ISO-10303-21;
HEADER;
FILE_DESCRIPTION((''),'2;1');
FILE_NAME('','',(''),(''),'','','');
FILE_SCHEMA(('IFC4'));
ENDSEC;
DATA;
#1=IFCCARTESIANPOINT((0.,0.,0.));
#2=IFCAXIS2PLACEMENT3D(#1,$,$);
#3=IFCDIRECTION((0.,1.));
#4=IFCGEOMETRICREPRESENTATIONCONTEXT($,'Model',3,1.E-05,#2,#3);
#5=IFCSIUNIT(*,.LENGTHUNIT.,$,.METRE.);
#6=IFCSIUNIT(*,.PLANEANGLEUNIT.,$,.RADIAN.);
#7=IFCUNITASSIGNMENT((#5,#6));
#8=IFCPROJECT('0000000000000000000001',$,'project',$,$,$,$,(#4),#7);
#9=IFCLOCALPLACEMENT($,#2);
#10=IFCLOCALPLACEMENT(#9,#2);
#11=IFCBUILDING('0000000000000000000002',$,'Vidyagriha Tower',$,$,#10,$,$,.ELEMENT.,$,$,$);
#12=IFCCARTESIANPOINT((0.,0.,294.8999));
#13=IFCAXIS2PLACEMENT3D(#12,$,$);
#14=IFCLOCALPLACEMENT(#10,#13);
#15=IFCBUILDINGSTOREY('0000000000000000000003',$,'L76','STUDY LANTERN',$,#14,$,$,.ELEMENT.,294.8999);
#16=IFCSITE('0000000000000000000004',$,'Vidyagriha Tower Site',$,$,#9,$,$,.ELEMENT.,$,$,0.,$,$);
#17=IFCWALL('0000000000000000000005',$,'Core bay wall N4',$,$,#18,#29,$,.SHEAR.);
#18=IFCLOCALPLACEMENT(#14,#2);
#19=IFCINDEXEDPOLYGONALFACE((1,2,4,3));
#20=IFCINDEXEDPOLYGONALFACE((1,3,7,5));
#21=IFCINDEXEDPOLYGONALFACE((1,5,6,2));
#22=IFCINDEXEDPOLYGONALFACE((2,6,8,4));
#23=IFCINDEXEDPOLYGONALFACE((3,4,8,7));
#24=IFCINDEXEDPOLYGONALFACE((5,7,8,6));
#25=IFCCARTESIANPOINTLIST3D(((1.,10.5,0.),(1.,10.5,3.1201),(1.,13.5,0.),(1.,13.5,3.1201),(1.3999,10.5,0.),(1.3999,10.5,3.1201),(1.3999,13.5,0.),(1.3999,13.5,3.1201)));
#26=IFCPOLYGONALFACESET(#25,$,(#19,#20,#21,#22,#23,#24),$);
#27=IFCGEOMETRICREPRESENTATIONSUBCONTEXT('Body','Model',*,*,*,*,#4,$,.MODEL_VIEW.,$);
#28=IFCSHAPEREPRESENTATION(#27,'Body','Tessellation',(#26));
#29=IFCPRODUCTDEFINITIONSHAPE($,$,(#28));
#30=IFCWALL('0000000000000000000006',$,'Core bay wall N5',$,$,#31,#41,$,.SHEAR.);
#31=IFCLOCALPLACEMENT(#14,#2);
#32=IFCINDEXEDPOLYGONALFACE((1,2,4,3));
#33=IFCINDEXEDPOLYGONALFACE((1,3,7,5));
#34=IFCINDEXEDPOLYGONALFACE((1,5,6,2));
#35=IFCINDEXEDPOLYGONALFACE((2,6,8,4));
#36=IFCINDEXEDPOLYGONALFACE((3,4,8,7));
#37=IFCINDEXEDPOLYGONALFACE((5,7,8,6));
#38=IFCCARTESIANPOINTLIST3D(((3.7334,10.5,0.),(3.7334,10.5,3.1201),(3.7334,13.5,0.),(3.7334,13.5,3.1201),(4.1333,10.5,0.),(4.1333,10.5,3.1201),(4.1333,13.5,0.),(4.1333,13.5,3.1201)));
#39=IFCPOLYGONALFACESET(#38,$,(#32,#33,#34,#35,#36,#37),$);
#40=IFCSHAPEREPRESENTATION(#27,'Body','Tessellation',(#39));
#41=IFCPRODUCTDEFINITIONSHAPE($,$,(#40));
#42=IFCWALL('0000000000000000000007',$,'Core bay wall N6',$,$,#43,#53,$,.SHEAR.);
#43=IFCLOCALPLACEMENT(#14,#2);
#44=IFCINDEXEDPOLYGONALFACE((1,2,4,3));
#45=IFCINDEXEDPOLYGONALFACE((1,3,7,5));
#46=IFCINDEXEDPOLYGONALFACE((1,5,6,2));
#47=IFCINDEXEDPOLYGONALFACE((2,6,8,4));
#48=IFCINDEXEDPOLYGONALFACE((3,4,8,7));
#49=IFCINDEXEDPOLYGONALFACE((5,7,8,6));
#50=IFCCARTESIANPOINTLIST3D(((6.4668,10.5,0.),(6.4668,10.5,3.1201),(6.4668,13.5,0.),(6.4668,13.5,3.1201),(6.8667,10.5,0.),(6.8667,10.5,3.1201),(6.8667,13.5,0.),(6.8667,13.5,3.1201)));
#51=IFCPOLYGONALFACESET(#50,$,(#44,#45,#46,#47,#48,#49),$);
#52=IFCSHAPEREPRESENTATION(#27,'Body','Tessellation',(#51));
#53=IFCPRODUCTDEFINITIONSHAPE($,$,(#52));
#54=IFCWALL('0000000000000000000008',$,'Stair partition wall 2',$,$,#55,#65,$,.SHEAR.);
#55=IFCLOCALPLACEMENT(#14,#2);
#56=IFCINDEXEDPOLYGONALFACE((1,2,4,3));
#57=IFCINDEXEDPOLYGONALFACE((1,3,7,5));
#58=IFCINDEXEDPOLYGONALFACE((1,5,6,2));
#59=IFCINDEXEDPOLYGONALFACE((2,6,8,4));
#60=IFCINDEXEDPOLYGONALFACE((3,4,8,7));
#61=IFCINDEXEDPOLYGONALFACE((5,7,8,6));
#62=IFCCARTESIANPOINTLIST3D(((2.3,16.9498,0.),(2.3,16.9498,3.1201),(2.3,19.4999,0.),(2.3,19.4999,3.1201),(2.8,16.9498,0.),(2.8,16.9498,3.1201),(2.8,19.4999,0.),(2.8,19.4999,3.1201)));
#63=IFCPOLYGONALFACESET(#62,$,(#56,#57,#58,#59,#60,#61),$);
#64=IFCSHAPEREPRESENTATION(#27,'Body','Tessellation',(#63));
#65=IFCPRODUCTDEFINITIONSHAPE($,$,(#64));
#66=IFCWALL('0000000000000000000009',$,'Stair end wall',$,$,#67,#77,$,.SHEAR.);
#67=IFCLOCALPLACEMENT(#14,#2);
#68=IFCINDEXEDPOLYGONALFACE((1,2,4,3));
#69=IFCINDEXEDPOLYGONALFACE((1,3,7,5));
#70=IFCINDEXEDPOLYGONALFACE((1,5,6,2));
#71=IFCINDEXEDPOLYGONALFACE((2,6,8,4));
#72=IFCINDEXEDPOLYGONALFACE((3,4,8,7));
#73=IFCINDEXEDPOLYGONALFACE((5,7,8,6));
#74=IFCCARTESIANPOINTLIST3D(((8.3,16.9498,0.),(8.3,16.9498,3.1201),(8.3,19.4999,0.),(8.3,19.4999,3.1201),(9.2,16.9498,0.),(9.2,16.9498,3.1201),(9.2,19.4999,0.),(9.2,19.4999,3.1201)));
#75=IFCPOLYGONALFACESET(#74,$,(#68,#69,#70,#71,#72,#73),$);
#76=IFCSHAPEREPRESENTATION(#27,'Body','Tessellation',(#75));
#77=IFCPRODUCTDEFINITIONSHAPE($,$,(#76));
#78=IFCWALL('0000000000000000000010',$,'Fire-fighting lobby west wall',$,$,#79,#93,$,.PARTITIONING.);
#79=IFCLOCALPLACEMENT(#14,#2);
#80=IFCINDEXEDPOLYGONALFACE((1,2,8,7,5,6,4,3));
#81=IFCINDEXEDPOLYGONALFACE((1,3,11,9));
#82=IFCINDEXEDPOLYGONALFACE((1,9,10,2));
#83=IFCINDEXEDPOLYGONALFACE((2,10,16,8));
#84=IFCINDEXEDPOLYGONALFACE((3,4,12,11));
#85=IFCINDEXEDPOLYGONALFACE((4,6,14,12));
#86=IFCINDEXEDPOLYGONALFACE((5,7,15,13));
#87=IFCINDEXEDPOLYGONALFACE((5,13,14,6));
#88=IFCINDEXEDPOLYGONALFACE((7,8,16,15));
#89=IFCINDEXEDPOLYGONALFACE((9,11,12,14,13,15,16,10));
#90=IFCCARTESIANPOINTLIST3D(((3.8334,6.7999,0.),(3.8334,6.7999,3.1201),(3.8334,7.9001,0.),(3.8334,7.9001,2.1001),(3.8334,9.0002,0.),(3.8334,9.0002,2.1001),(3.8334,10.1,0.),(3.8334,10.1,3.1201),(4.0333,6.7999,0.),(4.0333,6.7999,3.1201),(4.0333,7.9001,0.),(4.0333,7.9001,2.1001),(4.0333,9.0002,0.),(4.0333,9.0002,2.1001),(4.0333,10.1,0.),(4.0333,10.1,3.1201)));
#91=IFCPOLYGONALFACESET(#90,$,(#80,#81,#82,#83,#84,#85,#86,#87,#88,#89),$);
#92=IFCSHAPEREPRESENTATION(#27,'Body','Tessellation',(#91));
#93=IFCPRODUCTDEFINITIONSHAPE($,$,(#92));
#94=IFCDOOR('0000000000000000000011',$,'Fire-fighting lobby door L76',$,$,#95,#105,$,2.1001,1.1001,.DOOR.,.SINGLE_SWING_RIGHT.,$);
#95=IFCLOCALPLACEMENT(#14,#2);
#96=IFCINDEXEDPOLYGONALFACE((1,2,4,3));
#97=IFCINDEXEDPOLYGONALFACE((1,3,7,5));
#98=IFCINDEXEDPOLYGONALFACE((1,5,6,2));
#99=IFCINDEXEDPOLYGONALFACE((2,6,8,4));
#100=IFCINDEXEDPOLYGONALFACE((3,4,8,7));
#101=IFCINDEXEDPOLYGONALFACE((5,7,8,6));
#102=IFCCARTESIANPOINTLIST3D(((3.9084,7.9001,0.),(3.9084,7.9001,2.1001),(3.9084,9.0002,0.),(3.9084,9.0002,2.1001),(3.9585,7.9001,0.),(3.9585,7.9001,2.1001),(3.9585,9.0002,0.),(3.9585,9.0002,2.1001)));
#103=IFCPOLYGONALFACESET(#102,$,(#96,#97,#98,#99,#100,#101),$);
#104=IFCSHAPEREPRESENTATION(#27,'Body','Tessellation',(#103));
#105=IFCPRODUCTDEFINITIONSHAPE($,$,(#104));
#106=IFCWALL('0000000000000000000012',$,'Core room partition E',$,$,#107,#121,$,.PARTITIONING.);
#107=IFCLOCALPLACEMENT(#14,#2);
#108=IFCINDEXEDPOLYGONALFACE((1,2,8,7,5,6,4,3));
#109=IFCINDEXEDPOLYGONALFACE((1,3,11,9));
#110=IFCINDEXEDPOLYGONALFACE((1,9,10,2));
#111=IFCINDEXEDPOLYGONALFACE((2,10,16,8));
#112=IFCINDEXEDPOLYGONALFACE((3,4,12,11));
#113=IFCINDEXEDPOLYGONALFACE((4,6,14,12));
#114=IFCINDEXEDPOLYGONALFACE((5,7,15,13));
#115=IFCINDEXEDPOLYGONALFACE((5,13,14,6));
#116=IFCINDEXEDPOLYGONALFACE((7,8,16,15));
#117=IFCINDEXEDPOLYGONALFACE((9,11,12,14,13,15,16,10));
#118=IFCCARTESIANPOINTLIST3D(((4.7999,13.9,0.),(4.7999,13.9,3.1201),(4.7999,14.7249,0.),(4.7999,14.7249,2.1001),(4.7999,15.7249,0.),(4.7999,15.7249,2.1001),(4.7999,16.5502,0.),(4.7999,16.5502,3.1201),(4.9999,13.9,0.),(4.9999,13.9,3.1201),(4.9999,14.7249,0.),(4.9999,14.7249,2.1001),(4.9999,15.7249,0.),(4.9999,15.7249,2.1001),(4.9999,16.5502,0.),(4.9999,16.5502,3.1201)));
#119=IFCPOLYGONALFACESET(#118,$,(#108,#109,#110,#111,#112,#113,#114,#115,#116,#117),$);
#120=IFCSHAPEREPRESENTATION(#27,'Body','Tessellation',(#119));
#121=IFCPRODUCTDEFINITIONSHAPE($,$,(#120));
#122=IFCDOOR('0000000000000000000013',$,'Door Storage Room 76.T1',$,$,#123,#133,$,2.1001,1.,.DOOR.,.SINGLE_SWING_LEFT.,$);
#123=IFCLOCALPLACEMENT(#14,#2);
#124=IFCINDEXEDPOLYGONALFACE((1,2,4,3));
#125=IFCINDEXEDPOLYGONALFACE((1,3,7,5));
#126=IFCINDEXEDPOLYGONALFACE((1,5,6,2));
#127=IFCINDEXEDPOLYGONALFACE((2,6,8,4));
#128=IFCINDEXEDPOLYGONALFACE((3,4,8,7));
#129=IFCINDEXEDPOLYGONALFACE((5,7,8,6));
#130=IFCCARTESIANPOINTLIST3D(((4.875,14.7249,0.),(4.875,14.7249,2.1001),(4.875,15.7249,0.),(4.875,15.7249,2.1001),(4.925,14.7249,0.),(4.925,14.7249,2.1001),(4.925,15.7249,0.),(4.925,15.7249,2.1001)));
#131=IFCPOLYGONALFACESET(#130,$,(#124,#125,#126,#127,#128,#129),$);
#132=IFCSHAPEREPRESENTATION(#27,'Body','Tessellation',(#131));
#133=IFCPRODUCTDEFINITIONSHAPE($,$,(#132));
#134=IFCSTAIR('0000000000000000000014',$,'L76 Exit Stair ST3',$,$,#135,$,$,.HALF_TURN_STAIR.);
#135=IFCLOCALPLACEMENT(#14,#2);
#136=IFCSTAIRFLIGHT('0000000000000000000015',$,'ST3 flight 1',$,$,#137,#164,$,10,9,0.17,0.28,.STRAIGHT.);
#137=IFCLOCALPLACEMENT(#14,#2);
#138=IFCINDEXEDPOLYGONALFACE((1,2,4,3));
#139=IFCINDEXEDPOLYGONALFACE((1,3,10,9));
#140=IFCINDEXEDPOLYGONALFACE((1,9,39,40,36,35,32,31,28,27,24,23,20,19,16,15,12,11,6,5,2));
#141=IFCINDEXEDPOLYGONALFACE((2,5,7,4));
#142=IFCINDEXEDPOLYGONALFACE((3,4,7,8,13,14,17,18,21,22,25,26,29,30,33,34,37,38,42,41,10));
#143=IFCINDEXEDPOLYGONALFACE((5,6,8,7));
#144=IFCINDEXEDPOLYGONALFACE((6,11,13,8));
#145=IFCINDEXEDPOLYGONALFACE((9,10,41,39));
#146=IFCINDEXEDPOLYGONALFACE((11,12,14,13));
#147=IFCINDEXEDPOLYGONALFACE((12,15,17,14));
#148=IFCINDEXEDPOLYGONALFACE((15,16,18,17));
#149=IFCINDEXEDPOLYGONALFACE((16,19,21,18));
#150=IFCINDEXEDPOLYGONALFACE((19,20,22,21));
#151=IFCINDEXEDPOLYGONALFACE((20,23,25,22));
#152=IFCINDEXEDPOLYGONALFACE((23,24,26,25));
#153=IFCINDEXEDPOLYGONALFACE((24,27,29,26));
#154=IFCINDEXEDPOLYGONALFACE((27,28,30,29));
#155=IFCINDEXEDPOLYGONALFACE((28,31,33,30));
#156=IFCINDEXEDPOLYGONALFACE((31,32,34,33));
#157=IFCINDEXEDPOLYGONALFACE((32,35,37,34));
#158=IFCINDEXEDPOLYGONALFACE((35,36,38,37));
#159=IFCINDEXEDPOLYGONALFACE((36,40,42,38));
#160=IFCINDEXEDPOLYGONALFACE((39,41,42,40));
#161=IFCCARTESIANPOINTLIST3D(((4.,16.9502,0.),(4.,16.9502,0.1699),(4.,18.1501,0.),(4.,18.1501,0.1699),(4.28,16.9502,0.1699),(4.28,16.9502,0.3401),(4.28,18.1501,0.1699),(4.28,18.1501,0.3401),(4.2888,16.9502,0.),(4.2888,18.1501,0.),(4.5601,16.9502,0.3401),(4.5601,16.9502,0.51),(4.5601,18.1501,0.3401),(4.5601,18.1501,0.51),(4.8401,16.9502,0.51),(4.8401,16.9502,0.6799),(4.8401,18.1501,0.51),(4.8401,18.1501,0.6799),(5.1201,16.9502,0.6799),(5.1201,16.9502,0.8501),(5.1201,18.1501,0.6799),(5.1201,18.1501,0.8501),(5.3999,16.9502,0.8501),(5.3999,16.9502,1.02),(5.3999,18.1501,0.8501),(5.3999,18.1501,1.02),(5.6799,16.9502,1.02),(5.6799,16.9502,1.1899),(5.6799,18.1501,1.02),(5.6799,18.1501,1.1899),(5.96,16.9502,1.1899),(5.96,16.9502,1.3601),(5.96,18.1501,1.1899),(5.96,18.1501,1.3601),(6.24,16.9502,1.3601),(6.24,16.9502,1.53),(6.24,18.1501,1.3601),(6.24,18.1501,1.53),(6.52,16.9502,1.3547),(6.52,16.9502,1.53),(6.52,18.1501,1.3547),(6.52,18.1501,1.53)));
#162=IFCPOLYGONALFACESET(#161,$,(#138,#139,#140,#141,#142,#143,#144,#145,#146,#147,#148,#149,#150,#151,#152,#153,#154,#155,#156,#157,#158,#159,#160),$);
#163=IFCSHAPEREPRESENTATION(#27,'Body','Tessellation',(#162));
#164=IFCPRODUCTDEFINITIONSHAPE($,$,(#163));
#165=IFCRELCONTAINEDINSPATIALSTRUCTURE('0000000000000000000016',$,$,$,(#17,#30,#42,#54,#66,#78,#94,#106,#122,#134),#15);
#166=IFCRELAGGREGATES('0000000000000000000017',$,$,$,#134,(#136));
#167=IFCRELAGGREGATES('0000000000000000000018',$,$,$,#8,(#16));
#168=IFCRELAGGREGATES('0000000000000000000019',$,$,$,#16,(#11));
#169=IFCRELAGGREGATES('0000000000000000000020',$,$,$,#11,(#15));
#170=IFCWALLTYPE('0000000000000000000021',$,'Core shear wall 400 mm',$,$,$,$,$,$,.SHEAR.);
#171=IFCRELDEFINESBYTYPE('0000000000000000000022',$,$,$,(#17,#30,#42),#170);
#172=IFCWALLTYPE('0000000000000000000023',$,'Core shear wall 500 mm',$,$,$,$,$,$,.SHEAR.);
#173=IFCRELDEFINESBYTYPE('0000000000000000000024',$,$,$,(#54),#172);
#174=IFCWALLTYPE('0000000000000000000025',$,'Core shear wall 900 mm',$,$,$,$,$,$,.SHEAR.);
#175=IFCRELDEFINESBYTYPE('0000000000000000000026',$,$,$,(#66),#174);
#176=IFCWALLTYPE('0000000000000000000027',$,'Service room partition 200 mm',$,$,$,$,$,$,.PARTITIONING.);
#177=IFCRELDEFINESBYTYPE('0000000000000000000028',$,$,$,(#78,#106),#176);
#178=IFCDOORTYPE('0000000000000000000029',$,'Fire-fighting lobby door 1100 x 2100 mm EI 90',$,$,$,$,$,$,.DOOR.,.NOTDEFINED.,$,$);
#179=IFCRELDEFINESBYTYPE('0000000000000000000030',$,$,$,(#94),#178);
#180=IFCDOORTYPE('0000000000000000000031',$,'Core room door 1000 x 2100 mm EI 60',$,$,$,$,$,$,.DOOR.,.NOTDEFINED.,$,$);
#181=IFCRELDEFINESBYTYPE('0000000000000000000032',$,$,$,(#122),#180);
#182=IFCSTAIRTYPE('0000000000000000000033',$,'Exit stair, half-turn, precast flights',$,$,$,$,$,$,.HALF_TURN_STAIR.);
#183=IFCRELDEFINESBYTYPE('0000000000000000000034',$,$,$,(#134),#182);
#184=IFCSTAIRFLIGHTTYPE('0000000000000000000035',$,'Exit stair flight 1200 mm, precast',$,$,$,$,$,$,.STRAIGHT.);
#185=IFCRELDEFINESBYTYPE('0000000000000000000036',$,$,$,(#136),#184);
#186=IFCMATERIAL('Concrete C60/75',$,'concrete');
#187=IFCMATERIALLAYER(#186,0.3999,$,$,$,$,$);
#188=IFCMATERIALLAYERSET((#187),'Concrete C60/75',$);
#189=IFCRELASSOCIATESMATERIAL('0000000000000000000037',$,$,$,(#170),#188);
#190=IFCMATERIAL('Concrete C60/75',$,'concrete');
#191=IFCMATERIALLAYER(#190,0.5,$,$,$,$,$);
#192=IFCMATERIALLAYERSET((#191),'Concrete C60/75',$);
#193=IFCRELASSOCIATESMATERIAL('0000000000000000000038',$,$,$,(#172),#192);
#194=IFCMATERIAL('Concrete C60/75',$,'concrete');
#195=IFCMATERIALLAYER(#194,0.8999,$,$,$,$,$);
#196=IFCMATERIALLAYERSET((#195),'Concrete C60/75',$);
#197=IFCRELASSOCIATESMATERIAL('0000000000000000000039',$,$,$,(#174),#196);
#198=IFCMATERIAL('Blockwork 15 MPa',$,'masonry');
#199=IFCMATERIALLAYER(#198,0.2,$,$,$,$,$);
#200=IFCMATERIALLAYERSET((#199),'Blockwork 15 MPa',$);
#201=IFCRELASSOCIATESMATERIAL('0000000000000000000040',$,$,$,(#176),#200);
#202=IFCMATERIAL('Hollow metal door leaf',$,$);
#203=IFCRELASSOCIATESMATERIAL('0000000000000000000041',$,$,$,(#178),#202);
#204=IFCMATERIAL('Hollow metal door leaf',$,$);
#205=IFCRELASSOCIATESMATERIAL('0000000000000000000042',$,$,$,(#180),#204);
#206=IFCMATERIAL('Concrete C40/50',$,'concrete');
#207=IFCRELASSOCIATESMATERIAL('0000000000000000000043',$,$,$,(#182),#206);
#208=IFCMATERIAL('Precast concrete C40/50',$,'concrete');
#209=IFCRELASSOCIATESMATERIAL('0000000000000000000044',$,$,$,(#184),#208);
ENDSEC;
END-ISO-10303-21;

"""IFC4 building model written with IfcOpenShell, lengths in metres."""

from ifc_helpers import new_model, si_unit, direction, frame, frame_2d, origin, place, context, subcontext, project, spatial, polyline, rectangle, outline, extrude, material, layer, layer_set, type_object, element, fill, aggregate, save


model = new_model("IFC4")

# Units and contexts
model_context = context("Model", 3, precision=1e-05, world=origin(), true_north=direction((0.0, 1.0)))
body_context = subcontext(model_context, "Body", "Model", "MODEL_VIEW")
ifc_project = project(units=[si_unit("LENGTHUNIT", "METRE"), si_unit("PLANEANGLEUNIT", "RADIAN")], contexts=[model_context])

# Site, building, storey
site_placement = place(None, origin())
site = spatial("IfcSite", under=ifc_project, at=site_placement, Name="Vidyagriha Tower Site", CompositionType="ELEMENT", RefElevation=0.0)
building_placement = place(site_placement, origin())
building = spatial("IfcBuilding", under=site, at=building_placement, Name="Vidyagriha Tower", CompositionType="ELEMENT")
storey_placement = place(building_placement, frame((0.0, 0.0, 294.8999)))
storey = spatial("IfcBuildingStorey", under=building, at=storey_placement, Name="L76", Description="STUDY LANTERN", CompositionType="ELEMENT", Elevation=294.8999)

# Shared definitions
ifc_material_1 = material(Name="Concrete C60/75", Category="concrete")
ifc_layer_1 = layer(ifc_material_1, 0.3999)
ifc_layer_set_1 = layer_set([ifc_layer_1], Name="Concrete C60/75")
wall_type_1 = type_object("IfcWallType", Name="Core shear wall 400 mm", PredefinedType="SHEAR", material=ifc_layer_set_1)

# Walls
for number, where, z_axis, x_axis, name in (
    (1, (1.2, 10.5, 0.0), (0.0, 0.0, 1.0), (0.0, 1.0, 0.0), "Core bay wall N4"),
    (2, (3.9333, 10.5, 0.0), (0.0, 0.0, 1.0), (0.0, 1.0, 0.0), "Core bay wall N5"),
    (3, (6.6667, 10.5, 0.0), (0.0, 0.0, 1.0), (0.0, 1.0, 0.0), "Core bay wall N6"),
):
    element("IfcWall", number, at=place(storey_placement, frame(where, z_axis=z_axis, x_axis=x_axis)), inside=storey, type_object=wall_type_1, Name=name, PredefinedType="SHEAR", context=body_context, shape_type="SweptSolid", body=[
        extrude(rectangle(XDim=3.0, YDim=0.3999, at=frame_2d((1.5, 0.0))), origin(), (0.0, 0.0, 1.0), 3.1201),
    ])
ifc_material_2 = material(Name="Concrete C60/75", Category="concrete")
ifc_layer_2 = layer(ifc_material_2, 0.5)
ifc_layer_set_2 = layer_set([ifc_layer_2], Name="Concrete C60/75")
wall_type_2 = type_object("IfcWallType", Name="Core shear wall 500 mm", PredefinedType="SHEAR", material=ifc_layer_set_2)
wall_1_placement = place(storey_placement, frame((2.55, 16.95, 0.0), z_axis=(0.0, 0.0, 1.0), x_axis=(0.0, 1.0, 0.0)))
element("IfcWall", 4, at=wall_1_placement, inside=storey, type_object=wall_type_2, Name="Stair partition wall 2", PredefinedType="SHEAR", context=body_context, shape_type="SweptSolid", body=[
    extrude(rectangle(XDim=2.55, YDim=0.5, at=frame_2d((1.2749, 0.0))), origin(), (0.0, 0.0, 1.0), 3.1201),
])
ifc_material_3 = material(Name="Concrete C60/75", Category="concrete")
ifc_layer_3 = layer(ifc_material_3, 0.8999)
ifc_layer_set_3 = layer_set([ifc_layer_3], Name="Concrete C60/75")
wall_type_3 = type_object("IfcWallType", Name="Core shear wall 900 mm", PredefinedType="SHEAR", material=ifc_layer_set_3)
wall_2_placement = place(storey_placement, frame((8.75, 16.95, 0.0), z_axis=(0.0, 0.0, 1.0), x_axis=(0.0, 1.0, 0.0)))
element("IfcWall", 5, at=wall_2_placement, inside=storey, type_object=wall_type_3, Name="Stair end wall", PredefinedType="SHEAR", context=body_context, shape_type="SweptSolid", body=[
    extrude(rectangle(XDim=2.55, YDim=0.8999, at=frame_2d((1.2749, 0.0))), origin(), (0.0, 0.0, 1.0), 3.1201),
])

# Walls, openings, doors
ifc_material_4 = material(Name="Blockwork 15 MPa", Category="masonry")
ifc_layer_4 = layer(ifc_material_4, 0.2)
ifc_layer_set_4 = layer_set([ifc_layer_4], Name="Blockwork 15 MPa")
wall_type_4 = type_object("IfcWallType", Name="Service room partition 200 mm", PredefinedType="PARTITIONING", material=ifc_layer_set_4)
wall_3_placement = place(storey_placement, frame((3.9333, 6.8, 0.0), z_axis=(0.0, 0.0, 1.0), x_axis=(0.0, 1.0, 0.0)))
wall_3 = element("IfcWall", 6, at=wall_3_placement, inside=storey, type_object=wall_type_4, Name="Fire-fighting lobby west wall", PredefinedType="PARTITIONING", context=body_context, shape_type="SweptSolid", body=[
    extrude(rectangle(XDim=3.3, YDim=0.2, at=frame_2d((1.6499, 0.0))), origin(), (0.0, 0.0, 1.0), 3.1201),
])
opening_1_placement = place(wall_3_placement, frame((1.1001, 0.0, 0.0)))
opening_1 = element("IfcOpeningElement", 7, at=opening_1_placement, cuts=wall_3, PredefinedType="OPENING", context=body_context, shape_type="SweptSolid", body=[
    extrude(rectangle(XDim=1.1001, YDim=2.1001, at=frame_2d((0.55, 1.05))), frame((0.0, 0.1099, 0.0), z_axis=(0.0, -1.0, 0.0), x_axis=(1.0, 0.0, 0.0)), (0.0, 0.0, 1.0), 0.22),
])
ifc_material_5 = material(Name="Hollow metal door leaf")
door_type_1 = type_object("IfcDoorType", Name="Fire-fighting lobby door 1100 x 2100 mm EI 90", OperationType="NOTDEFINED", PredefinedType="DOOR", material=ifc_material_5)
door_1_placement = place(opening_1_placement, origin())
door_1 = element("IfcDoor", 8, at=door_1_placement, inside=storey, type_object=door_type_1, Name="Fire-fighting lobby door L76", OperationType="SINGLE_SWING_RIGHT", OverallHeight=2.1001, OverallWidth=1.1001, PredefinedType="DOOR", context=body_context, shape_type="SweptSolid", body=[
    extrude(rectangle(XDim=1.1001, YDim=2.1001, at=frame_2d((0.55, 1.05))), frame((0.0, 0.0249, 0.0), z_axis=(0.0, -1.0, 0.0), x_axis=(1.0, 0.0, 0.0)), (0.0, 0.0, 1.0), 0.05),
])
fill(opening_1, door_1)
wall_4_placement = place(storey_placement, frame((4.8999, 13.8999, 0.0), z_axis=(0.0, 0.0, 1.0), x_axis=(0.0, 1.0, 0.0)))
wall_4 = element("IfcWall", 9, at=wall_4_placement, inside=storey, type_object=wall_type_4, Name="Core room partition E", PredefinedType="PARTITIONING", context=body_context, shape_type="SweptSolid", body=[
    extrude(rectangle(XDim=2.6501, YDim=0.2, at=frame_2d((1.3252, 0.0))), origin(), (0.0, 0.0, 1.0), 3.1201),
])
opening_2_placement = place(wall_4_placement, frame((0.825, 0.0, 0.0)))
opening_2 = element("IfcOpeningElement", 10, at=opening_2_placement, cuts=wall_4, PredefinedType="OPENING", context=body_context, shape_type="SweptSolid", body=[
    extrude(rectangle(XDim=1.0, YDim=2.1001, at=frame_2d((0.5, 1.05))), frame((0.0, 0.1099, 0.0), z_axis=(0.0, -1.0, 0.0), x_axis=(1.0, 0.0, 0.0)), (0.0, 0.0, 1.0), 0.22),
])
ifc_material_6 = material(Name="Hollow metal door leaf")
door_type_2 = type_object("IfcDoorType", Name="Core room door 1000 x 2100 mm EI 60", OperationType="NOTDEFINED", PredefinedType="DOOR", material=ifc_material_6)
door_2_placement = place(opening_2_placement, origin())
door_2 = element("IfcDoor", 11, at=door_2_placement, inside=storey, type_object=door_type_2, Name="Door Storage Room 76.T1", OperationType="SINGLE_SWING_LEFT", OverallHeight=2.1001, OverallWidth=1.0, PredefinedType="DOOR", context=body_context, shape_type="SweptSolid", body=[
    extrude(rectangle(XDim=1.0, YDim=2.1001, at=frame_2d((0.5, 1.05))), frame((0.0, 0.0249, 0.0), z_axis=(0.0, -1.0, 0.0), x_axis=(1.0, 0.0, 0.0)), (0.0, 0.0, 1.0), 0.05),
])
fill(opening_2, door_2)

# Stair, stair flight
ifc_material_7 = material(Name="Concrete C40/50", Category="concrete")
stair_type = type_object("IfcStairType", Name="Exit stair, half-turn, precast flights", PredefinedType="HALF_TURN_STAIR", material=ifc_material_7)
stair_placement = place(storey_placement, origin())
stair = element("IfcStair", 12, at=stair_placement, inside=storey, type_object=stair_type, Name="L76 Exit Stair ST3", PredefinedType="HALF_TURN_STAIR")
ifc_material_8 = material(Name="Precast concrete C40/50", Category="concrete")
stair_flight_type = type_object("IfcStairFlightType", Name="Exit stair flight 1200 mm, precast", PredefinedType="STRAIGHT", material=ifc_material_8)
stair_flight_1_placement = place(storey_placement, frame((4.0, 17.55, 0.0)))
stair_flight_1 = element("IfcStairFlight", 13, at=stair_flight_1_placement, type_object=stair_flight_type, Name="ST3 flight 1", NumberOfRisers=10, NumberOfTreads=9, PredefinedType="STRAIGHT", RiserHeight=0.17, TreadLength=0.28, context=body_context, shape_type="SweptSolid", body=[
    extrude(outline(polyline([(0.0, 0.0), (0.0, 0.1699), (0.28, 0.1699), (0.28, 0.3401), (0.5601, 0.3401), (0.5601, 0.51), (0.8401, 0.51), (0.8401, 0.6799), (1.1201, 0.6799), (1.1201, 0.8501), (1.3999, 0.8501), (1.3999, 1.02), (1.6799, 1.02), (1.6799, 1.1899), (1.96, 1.1899), (1.96, 1.3601), (2.24, 1.3601), (2.24, 1.53), (2.52, 1.53), (2.52, 1.7), (2.52, 1.3547), (0.2888, 0.0), (0.0, 0.0)])), frame((0.0, 0.6001, 0.0), z_axis=(0.0, -1.0, 0.0), x_axis=(1.0, 0.0, 0.0)), (0.0, 0.0, 1.0), 1.2),
])
aggregate(stair, [stair_flight_1])

save(model, "model.ifc")
